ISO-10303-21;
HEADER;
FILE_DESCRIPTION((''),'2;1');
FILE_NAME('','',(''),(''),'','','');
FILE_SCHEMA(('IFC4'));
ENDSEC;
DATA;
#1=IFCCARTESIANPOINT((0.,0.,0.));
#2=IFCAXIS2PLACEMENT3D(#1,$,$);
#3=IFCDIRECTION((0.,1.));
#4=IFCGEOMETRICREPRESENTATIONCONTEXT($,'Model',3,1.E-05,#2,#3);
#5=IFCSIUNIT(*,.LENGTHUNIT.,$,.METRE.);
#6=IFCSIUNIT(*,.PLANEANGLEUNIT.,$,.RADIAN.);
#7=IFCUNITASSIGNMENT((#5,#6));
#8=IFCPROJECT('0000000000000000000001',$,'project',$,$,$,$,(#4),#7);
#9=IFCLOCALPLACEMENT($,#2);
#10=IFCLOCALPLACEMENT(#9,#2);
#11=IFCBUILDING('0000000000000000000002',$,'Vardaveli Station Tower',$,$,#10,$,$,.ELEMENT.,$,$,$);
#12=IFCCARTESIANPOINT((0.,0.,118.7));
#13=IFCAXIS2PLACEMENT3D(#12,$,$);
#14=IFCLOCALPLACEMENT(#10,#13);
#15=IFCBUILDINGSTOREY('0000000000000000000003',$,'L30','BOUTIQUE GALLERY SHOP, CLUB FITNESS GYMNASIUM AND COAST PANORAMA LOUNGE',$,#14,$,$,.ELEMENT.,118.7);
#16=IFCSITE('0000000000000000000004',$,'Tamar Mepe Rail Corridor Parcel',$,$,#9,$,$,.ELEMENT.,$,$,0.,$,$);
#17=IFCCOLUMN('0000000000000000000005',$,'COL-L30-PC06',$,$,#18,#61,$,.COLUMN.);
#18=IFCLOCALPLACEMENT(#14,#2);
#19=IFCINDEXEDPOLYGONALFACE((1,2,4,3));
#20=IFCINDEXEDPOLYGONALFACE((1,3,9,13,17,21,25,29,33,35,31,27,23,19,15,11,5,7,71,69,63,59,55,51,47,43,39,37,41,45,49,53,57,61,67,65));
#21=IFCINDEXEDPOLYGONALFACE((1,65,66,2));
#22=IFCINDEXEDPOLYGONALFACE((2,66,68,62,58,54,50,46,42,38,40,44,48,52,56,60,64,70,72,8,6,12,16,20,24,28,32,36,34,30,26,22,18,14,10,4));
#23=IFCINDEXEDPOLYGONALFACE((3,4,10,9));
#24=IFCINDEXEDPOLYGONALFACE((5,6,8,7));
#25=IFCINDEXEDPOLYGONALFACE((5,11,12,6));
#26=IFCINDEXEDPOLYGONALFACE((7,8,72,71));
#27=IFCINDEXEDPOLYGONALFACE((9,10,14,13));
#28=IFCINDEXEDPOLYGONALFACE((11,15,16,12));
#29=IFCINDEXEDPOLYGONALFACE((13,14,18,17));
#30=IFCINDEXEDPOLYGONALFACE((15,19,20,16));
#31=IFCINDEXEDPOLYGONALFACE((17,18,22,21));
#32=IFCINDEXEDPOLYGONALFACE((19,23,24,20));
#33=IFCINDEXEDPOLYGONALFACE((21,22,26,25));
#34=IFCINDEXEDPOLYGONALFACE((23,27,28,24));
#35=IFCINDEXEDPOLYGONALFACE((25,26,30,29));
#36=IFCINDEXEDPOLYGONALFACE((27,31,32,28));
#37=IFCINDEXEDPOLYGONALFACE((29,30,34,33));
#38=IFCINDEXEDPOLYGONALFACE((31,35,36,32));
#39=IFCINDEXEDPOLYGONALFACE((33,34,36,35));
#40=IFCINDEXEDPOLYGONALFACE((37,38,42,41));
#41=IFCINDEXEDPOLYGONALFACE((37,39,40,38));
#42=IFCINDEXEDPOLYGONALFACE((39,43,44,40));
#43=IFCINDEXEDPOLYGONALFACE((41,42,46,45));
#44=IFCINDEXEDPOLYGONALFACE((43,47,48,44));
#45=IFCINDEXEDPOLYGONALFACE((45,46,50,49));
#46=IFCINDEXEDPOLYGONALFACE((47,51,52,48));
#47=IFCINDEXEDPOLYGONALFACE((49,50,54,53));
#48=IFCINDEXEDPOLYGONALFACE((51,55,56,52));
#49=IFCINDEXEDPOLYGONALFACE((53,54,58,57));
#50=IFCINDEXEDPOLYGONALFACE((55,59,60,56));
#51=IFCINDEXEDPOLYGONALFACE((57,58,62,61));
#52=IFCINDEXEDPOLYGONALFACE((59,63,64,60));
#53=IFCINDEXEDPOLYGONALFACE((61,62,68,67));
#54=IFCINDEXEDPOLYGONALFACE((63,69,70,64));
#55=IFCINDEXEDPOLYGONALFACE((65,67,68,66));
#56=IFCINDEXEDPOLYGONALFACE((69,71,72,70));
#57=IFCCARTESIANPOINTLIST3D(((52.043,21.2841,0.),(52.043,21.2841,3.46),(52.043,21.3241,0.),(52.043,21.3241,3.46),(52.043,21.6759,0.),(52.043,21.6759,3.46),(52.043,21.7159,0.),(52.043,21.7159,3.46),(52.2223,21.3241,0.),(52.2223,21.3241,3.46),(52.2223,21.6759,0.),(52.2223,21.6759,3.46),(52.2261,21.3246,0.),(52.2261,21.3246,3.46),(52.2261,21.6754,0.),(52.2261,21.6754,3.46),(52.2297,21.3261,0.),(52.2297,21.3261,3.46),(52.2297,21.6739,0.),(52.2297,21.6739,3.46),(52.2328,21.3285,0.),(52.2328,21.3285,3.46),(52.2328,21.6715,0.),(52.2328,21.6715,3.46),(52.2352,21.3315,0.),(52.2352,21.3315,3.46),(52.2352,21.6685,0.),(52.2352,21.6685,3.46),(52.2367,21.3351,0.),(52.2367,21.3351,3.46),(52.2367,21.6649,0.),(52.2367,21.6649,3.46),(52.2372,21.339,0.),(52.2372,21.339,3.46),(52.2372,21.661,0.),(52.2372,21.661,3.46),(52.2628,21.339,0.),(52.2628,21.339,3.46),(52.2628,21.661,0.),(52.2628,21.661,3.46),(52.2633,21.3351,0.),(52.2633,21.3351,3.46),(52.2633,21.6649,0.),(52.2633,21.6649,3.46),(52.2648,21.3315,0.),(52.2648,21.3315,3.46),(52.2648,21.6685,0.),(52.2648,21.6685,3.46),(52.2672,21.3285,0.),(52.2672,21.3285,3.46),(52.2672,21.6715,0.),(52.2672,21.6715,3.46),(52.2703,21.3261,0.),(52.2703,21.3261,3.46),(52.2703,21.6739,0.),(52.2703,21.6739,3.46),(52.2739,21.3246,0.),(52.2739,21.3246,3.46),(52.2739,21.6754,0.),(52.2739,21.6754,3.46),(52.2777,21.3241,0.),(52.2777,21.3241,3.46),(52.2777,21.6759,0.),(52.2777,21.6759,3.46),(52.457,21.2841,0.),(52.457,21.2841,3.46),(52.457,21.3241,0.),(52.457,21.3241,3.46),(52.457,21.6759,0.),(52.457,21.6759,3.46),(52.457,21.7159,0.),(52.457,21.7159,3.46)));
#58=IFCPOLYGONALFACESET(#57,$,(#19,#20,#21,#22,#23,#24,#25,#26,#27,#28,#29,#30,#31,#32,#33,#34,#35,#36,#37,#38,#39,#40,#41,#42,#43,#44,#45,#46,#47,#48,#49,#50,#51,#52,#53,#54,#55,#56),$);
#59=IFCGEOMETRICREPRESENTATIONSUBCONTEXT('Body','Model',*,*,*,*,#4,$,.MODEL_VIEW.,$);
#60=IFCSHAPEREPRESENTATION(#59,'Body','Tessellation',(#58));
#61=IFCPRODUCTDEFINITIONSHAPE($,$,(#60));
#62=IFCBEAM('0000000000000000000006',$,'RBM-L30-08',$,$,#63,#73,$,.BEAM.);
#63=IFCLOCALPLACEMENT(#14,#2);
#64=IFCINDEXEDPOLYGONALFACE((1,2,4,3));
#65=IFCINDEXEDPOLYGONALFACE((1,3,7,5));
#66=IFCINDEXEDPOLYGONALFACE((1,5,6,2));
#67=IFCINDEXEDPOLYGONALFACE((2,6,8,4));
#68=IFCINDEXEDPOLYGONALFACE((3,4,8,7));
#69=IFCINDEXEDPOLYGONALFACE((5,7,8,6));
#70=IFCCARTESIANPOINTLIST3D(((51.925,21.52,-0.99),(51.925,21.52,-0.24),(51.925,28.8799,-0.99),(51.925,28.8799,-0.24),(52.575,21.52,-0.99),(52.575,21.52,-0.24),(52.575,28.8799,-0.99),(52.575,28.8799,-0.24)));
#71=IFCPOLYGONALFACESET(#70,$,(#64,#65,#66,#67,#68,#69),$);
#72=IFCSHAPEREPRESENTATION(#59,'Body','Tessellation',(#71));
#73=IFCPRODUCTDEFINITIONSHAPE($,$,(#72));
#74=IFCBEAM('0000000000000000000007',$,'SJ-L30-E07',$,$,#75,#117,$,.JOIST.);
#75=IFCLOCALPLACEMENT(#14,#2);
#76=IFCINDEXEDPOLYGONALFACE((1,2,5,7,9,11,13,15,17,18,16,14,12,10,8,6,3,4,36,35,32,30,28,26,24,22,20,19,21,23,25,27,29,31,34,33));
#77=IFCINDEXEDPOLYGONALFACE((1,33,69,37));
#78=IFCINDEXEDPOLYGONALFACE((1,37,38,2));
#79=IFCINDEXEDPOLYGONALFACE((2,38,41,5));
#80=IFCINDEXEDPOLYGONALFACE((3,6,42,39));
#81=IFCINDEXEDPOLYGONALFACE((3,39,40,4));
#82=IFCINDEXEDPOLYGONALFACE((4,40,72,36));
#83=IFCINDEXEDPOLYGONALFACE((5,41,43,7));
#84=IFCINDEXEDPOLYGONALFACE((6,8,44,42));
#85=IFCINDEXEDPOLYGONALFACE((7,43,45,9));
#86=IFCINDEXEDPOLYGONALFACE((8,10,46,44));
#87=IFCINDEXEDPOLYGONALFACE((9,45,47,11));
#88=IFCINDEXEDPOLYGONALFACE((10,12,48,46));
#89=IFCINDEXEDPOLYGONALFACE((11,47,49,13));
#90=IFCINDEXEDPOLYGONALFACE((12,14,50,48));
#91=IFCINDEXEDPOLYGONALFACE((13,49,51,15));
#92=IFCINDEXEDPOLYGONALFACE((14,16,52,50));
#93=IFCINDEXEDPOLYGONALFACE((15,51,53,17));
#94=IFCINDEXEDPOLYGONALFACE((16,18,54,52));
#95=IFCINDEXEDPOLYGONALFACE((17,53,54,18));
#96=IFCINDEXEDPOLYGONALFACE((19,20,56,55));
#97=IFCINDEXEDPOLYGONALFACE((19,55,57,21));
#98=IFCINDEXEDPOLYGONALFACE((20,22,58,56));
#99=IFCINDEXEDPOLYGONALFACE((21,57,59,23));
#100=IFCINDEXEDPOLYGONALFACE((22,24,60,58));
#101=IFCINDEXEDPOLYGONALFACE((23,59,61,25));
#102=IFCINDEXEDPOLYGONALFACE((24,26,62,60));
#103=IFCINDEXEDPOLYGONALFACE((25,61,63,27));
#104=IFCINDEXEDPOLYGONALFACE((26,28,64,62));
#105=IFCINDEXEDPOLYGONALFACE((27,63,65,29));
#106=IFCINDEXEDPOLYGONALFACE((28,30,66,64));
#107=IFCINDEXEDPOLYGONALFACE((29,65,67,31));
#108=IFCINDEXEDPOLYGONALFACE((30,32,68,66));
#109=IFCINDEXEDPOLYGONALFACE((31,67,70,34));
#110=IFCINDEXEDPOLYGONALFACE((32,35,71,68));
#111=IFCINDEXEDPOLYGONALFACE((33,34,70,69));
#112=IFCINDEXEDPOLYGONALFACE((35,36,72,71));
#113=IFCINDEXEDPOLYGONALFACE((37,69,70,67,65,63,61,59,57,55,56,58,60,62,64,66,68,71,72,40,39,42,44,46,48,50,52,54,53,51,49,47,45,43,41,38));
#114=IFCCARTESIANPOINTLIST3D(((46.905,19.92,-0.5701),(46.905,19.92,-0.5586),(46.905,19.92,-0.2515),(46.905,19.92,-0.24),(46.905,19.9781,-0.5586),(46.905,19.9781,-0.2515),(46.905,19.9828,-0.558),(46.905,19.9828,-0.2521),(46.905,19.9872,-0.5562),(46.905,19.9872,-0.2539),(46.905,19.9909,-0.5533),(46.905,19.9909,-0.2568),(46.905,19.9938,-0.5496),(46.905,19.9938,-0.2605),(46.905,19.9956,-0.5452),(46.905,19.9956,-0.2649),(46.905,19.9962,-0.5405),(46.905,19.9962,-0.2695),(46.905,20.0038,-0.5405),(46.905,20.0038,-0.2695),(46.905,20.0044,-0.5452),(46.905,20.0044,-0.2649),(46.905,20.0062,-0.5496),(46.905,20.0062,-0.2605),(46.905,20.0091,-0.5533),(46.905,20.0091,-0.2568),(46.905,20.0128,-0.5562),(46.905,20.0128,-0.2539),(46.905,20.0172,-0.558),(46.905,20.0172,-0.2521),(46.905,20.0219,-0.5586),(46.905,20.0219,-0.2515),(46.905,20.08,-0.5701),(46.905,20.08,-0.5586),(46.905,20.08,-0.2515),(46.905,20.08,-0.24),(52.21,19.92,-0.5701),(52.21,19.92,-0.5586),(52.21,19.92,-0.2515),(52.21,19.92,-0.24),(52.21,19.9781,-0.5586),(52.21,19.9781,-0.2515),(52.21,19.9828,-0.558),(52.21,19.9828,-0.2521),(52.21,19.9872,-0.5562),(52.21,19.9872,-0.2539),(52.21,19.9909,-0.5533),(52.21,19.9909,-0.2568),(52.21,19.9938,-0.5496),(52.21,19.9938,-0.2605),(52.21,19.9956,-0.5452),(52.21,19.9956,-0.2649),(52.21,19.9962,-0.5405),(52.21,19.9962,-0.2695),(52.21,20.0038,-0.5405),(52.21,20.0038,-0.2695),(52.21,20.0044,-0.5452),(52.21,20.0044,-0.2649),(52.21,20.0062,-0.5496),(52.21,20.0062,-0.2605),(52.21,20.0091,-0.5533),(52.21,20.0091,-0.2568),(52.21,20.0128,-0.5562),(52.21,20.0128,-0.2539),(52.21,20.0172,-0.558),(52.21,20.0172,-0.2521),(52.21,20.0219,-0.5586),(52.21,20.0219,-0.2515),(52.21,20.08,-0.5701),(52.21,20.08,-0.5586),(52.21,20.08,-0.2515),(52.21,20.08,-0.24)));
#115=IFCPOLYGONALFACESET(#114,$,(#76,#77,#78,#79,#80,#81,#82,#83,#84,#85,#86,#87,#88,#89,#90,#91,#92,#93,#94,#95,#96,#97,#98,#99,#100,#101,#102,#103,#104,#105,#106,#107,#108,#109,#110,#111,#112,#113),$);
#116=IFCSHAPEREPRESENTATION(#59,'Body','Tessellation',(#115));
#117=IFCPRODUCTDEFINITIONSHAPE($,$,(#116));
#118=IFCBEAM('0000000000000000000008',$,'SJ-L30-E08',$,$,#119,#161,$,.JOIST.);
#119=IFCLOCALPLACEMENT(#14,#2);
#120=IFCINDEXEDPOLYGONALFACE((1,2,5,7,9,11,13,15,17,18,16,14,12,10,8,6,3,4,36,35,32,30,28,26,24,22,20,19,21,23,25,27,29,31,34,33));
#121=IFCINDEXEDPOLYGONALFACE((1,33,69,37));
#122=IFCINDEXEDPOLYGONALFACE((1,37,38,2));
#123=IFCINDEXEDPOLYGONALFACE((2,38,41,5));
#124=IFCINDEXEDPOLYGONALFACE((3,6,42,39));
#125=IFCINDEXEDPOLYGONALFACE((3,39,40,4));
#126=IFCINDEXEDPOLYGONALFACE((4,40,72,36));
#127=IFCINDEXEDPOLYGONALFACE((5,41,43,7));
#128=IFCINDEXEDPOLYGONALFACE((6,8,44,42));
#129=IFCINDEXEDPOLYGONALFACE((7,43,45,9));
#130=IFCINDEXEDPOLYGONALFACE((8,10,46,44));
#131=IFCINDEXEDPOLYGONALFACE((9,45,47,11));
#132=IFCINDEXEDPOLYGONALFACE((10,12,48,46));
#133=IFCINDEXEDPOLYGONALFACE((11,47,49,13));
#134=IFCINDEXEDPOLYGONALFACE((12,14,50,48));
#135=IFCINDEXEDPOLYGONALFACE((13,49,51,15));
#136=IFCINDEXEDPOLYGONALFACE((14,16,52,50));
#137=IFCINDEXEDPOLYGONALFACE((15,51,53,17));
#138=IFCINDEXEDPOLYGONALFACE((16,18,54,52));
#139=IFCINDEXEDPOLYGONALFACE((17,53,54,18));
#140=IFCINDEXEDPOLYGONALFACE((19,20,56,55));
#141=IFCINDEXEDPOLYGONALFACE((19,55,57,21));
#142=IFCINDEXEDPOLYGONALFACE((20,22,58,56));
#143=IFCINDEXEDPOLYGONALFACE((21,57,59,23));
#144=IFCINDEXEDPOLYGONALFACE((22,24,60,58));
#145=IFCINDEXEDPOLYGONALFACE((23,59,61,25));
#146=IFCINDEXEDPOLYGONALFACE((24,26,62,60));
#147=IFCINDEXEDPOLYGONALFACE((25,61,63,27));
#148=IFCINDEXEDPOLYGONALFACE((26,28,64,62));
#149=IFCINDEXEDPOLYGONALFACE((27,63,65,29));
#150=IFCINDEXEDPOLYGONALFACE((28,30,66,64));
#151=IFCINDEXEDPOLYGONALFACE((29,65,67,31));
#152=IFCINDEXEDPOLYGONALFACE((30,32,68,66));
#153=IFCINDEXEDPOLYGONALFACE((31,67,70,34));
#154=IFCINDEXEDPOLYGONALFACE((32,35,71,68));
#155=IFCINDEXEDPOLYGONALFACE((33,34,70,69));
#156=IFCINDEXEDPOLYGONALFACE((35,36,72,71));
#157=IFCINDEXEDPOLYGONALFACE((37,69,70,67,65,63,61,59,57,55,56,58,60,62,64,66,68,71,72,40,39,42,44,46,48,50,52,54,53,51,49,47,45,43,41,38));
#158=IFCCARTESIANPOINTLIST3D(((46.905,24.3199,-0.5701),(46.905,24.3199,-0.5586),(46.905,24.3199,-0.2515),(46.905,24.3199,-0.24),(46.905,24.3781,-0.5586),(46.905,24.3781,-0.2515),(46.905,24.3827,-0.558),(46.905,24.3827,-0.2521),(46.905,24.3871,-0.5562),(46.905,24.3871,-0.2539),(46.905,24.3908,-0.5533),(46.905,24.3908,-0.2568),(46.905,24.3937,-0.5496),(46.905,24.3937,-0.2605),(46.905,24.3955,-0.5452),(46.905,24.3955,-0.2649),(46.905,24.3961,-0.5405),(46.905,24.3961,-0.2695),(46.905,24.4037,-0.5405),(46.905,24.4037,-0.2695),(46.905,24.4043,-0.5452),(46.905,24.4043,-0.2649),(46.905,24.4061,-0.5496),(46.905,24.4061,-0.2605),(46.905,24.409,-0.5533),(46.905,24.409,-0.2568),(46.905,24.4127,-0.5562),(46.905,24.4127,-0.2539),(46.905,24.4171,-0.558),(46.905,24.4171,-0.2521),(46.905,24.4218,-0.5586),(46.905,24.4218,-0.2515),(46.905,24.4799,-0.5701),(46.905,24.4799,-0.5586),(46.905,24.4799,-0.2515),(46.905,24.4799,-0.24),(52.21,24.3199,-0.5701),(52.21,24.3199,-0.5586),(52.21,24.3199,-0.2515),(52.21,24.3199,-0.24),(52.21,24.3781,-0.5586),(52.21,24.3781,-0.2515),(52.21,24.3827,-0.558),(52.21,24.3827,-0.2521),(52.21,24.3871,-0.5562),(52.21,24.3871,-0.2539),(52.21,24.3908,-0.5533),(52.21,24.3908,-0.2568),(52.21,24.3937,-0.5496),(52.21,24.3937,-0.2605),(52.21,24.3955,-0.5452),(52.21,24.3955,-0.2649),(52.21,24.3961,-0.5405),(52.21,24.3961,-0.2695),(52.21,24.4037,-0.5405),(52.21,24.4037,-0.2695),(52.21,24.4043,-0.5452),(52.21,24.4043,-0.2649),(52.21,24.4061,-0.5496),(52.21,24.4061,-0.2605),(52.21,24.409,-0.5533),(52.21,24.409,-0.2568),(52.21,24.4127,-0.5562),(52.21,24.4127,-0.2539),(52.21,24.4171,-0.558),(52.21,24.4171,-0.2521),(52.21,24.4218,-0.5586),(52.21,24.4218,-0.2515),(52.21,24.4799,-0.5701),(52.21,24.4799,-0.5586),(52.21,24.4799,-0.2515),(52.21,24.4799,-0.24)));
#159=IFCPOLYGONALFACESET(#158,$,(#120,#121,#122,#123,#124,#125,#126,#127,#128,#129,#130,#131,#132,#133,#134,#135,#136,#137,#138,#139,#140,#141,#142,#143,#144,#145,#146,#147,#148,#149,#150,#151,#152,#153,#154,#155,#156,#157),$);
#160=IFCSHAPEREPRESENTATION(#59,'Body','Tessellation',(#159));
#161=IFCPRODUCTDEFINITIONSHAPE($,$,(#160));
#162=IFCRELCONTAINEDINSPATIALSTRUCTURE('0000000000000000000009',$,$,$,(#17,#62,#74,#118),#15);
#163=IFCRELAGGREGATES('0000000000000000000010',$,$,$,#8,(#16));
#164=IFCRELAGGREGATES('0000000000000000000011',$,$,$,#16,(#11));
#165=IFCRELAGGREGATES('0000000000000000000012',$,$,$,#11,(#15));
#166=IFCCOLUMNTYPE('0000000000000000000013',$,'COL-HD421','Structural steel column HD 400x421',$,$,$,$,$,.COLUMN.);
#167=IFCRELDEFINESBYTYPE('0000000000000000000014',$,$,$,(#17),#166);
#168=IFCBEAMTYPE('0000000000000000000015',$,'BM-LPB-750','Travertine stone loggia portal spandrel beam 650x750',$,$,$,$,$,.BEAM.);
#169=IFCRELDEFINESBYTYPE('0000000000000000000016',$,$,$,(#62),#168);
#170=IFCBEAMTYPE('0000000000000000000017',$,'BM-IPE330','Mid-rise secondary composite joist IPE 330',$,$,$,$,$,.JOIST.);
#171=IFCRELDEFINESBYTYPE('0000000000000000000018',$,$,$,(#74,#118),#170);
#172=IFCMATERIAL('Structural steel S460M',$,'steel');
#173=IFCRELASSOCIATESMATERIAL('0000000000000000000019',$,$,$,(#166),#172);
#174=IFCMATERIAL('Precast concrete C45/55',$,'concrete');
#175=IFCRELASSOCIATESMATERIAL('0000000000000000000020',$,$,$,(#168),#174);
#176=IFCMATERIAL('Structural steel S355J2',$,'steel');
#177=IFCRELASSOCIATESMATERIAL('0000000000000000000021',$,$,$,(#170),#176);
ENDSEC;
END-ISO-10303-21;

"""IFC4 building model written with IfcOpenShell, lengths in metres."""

from ifc_helpers import new_model, si_unit, direction, frame, origin, origin_2d, place, context, subcontext, project, spatial, rectangle, i_section, extrude, source, transform, mapped, material, material_profile, profile_set, type_object, element, save


model = new_model("IFC4")

# Units and contexts
model_context = context("Model", 3, precision=1e-05, world=origin(), true_north=direction((0.0, 1.0)))
body_context = subcontext(model_context, "Body", "Model", "MODEL_VIEW")
ifc_project = project(units=[si_unit("LENGTHUNIT", "METRE"), si_unit("PLANEANGLEUNIT", "RADIAN")], contexts=[model_context])

# Site, building, storey
site_placement = place(None, origin())
site = spatial("IfcSite", under=ifc_project, at=site_placement, Name="Tamar Mepe Rail Corridor Parcel", CompositionType="ELEMENT", RefElevation=0.0)
building_placement = place(site_placement, origin())
building = spatial("IfcBuilding", under=site, at=building_placement, Name="Vardaveli Station Tower", CompositionType="ELEMENT")
storey_placement = place(building_placement, frame((0.0, 0.0, 118.7)))
storey = spatial("IfcBuildingStorey", under=building, at=storey_placement, Name="L30", Description="BOUTIQUE GALLERY SHOP, CLUB FITNESS GYMNASIUM AND COAST PANORAMA LOUNGE", CompositionType="ELEMENT", Elevation=118.7)

# Column
ifc_material_1 = material(Name="Structural steel S460M", Category="steel")
ifc_material_profile_1 = material_profile(ifc_material_1, i_section(OverallWidth=0.4141, OverallDepth=0.4319, WebThickness=0.0256, FlangeThickness=0.04, FilletRadius=0.0149, at=origin_2d()), Name="HD 400x421")
ifc_profile_set_1 = profile_set([ifc_material_profile_1], Name="Structural steel S460M")
column_type = type_object("IfcColumnType", Name="COL-HD421", Description="Structural steel column HD 400x421", PredefinedType="COLUMN", material=ifc_profile_set_1)
shared_shape_1 = source(origin(), body_context, "Body", "SweptSolid", [
    extrude(i_section(OverallWidth=0.4141, OverallDepth=0.4319, WebThickness=0.0256, FlangeThickness=0.04, FilletRadius=0.0149, at=origin_2d()), origin(), (0.0, 0.0, 1.0), 3.46),
])
column_placement = place(storey_placement, frame((52.25, 21.5, 0.0), z_axis=(0.0, 0.0, 1.0), x_axis=(1.0, 0.0, 0.0)))
element("IfcColumn", 1, at=column_placement, inside=storey, type_object=column_type, Name="COL-L30-PC06", PredefinedType="COLUMN", context=body_context, shape_type="MappedRepresentation", body=[
    mapped(shared_shape_1, transform((0.0, 0.0, 0.0), scale=1.0)),
])

# Beams
ifc_material_2 = material(Name="Precast concrete C45/55", Category="concrete")
ifc_material_profile_2 = material_profile(ifc_material_2, rectangle(XDim=0.6499, YDim=0.75, at=origin_2d()), Name="LPB 650x750")
ifc_profile_set_2 = profile_set([ifc_material_profile_2], Name="Precast concrete C45/55")
beam_type_1 = type_object("IfcBeamType", Name="BM-LPB-750", Description="Travertine stone loggia portal spandrel beam 650x750", PredefinedType="BEAM", material=ifc_profile_set_2)
shared_shape_2 = source(origin(), body_context, "Body", "SweptSolid", [
    extrude(rectangle(XDim=0.6499, YDim=0.75, at=origin_2d()), origin(), (0.0, 0.0, 1.0), 7.3599),
])
beam_1_placement = place(storey_placement, frame((52.25, 21.52, -0.615), z_axis=(0.0, 1.0, 0.0), x_axis=(-1.0, 0.0, 0.0)))
element("IfcBeam", 2, at=beam_1_placement, inside=storey, type_object=beam_type_1, Name="RBM-L30-08", PredefinedType="BEAM", context=body_context, shape_type="MappedRepresentation", body=[
    mapped(shared_shape_2, transform((0.0, 0.0, 0.0), scale=1.0)),
])
ifc_material_3 = material(Name="Structural steel S355J2", Category="steel")
ifc_material_profile_3 = material_profile(ifc_material_3, i_section(OverallWidth=0.1599, OverallDepth=0.3301, WebThickness=0.0076, FlangeThickness=0.0115, FilletRadius=0.0181, at=origin_2d()), Name="IPE 330")
ifc_profile_set_3 = profile_set([ifc_material_profile_3], Name="Structural steel S355J2")
beam_type_2 = type_object("IfcBeamType", Name="BM-IPE330", Description="Mid-rise secondary composite joist IPE 330", PredefinedType="JOIST", material=ifc_profile_set_3)
shared_shape_3 = source(origin(), body_context, "Body", "SweptSolid", [
    extrude(i_section(OverallWidth=0.1599, OverallDepth=0.3301, WebThickness=0.0076, FlangeThickness=0.0115, FilletRadius=0.0181, at=origin_2d()), origin(), (0.0, 0.0, 1.0), 5.3049),
])
for number, where, z_axis, x_axis, name in (
    (3, (46.905, 20.0, -0.405), (1.0, 0.0, 0.0), (0.0, 1.0, 0.0), "SJ-L30-E07"),
    (4, (46.905, 24.3999, -0.405), (1.0, 0.0, 0.0), (0.0, 1.0, 0.0), "SJ-L30-E08"),
):
    element("IfcBeam", number, at=place(storey_placement, frame(where, z_axis=z_axis, x_axis=x_axis)), inside=storey, type_object=beam_type_2, Name=name, PredefinedType="JOIST", context=body_context, shape_type="MappedRepresentation", body=[
        mapped(shared_shape_3, transform((0.0, 0.0, 0.0), scale=1.0)),
    ])

save(model, "model.ifc")
